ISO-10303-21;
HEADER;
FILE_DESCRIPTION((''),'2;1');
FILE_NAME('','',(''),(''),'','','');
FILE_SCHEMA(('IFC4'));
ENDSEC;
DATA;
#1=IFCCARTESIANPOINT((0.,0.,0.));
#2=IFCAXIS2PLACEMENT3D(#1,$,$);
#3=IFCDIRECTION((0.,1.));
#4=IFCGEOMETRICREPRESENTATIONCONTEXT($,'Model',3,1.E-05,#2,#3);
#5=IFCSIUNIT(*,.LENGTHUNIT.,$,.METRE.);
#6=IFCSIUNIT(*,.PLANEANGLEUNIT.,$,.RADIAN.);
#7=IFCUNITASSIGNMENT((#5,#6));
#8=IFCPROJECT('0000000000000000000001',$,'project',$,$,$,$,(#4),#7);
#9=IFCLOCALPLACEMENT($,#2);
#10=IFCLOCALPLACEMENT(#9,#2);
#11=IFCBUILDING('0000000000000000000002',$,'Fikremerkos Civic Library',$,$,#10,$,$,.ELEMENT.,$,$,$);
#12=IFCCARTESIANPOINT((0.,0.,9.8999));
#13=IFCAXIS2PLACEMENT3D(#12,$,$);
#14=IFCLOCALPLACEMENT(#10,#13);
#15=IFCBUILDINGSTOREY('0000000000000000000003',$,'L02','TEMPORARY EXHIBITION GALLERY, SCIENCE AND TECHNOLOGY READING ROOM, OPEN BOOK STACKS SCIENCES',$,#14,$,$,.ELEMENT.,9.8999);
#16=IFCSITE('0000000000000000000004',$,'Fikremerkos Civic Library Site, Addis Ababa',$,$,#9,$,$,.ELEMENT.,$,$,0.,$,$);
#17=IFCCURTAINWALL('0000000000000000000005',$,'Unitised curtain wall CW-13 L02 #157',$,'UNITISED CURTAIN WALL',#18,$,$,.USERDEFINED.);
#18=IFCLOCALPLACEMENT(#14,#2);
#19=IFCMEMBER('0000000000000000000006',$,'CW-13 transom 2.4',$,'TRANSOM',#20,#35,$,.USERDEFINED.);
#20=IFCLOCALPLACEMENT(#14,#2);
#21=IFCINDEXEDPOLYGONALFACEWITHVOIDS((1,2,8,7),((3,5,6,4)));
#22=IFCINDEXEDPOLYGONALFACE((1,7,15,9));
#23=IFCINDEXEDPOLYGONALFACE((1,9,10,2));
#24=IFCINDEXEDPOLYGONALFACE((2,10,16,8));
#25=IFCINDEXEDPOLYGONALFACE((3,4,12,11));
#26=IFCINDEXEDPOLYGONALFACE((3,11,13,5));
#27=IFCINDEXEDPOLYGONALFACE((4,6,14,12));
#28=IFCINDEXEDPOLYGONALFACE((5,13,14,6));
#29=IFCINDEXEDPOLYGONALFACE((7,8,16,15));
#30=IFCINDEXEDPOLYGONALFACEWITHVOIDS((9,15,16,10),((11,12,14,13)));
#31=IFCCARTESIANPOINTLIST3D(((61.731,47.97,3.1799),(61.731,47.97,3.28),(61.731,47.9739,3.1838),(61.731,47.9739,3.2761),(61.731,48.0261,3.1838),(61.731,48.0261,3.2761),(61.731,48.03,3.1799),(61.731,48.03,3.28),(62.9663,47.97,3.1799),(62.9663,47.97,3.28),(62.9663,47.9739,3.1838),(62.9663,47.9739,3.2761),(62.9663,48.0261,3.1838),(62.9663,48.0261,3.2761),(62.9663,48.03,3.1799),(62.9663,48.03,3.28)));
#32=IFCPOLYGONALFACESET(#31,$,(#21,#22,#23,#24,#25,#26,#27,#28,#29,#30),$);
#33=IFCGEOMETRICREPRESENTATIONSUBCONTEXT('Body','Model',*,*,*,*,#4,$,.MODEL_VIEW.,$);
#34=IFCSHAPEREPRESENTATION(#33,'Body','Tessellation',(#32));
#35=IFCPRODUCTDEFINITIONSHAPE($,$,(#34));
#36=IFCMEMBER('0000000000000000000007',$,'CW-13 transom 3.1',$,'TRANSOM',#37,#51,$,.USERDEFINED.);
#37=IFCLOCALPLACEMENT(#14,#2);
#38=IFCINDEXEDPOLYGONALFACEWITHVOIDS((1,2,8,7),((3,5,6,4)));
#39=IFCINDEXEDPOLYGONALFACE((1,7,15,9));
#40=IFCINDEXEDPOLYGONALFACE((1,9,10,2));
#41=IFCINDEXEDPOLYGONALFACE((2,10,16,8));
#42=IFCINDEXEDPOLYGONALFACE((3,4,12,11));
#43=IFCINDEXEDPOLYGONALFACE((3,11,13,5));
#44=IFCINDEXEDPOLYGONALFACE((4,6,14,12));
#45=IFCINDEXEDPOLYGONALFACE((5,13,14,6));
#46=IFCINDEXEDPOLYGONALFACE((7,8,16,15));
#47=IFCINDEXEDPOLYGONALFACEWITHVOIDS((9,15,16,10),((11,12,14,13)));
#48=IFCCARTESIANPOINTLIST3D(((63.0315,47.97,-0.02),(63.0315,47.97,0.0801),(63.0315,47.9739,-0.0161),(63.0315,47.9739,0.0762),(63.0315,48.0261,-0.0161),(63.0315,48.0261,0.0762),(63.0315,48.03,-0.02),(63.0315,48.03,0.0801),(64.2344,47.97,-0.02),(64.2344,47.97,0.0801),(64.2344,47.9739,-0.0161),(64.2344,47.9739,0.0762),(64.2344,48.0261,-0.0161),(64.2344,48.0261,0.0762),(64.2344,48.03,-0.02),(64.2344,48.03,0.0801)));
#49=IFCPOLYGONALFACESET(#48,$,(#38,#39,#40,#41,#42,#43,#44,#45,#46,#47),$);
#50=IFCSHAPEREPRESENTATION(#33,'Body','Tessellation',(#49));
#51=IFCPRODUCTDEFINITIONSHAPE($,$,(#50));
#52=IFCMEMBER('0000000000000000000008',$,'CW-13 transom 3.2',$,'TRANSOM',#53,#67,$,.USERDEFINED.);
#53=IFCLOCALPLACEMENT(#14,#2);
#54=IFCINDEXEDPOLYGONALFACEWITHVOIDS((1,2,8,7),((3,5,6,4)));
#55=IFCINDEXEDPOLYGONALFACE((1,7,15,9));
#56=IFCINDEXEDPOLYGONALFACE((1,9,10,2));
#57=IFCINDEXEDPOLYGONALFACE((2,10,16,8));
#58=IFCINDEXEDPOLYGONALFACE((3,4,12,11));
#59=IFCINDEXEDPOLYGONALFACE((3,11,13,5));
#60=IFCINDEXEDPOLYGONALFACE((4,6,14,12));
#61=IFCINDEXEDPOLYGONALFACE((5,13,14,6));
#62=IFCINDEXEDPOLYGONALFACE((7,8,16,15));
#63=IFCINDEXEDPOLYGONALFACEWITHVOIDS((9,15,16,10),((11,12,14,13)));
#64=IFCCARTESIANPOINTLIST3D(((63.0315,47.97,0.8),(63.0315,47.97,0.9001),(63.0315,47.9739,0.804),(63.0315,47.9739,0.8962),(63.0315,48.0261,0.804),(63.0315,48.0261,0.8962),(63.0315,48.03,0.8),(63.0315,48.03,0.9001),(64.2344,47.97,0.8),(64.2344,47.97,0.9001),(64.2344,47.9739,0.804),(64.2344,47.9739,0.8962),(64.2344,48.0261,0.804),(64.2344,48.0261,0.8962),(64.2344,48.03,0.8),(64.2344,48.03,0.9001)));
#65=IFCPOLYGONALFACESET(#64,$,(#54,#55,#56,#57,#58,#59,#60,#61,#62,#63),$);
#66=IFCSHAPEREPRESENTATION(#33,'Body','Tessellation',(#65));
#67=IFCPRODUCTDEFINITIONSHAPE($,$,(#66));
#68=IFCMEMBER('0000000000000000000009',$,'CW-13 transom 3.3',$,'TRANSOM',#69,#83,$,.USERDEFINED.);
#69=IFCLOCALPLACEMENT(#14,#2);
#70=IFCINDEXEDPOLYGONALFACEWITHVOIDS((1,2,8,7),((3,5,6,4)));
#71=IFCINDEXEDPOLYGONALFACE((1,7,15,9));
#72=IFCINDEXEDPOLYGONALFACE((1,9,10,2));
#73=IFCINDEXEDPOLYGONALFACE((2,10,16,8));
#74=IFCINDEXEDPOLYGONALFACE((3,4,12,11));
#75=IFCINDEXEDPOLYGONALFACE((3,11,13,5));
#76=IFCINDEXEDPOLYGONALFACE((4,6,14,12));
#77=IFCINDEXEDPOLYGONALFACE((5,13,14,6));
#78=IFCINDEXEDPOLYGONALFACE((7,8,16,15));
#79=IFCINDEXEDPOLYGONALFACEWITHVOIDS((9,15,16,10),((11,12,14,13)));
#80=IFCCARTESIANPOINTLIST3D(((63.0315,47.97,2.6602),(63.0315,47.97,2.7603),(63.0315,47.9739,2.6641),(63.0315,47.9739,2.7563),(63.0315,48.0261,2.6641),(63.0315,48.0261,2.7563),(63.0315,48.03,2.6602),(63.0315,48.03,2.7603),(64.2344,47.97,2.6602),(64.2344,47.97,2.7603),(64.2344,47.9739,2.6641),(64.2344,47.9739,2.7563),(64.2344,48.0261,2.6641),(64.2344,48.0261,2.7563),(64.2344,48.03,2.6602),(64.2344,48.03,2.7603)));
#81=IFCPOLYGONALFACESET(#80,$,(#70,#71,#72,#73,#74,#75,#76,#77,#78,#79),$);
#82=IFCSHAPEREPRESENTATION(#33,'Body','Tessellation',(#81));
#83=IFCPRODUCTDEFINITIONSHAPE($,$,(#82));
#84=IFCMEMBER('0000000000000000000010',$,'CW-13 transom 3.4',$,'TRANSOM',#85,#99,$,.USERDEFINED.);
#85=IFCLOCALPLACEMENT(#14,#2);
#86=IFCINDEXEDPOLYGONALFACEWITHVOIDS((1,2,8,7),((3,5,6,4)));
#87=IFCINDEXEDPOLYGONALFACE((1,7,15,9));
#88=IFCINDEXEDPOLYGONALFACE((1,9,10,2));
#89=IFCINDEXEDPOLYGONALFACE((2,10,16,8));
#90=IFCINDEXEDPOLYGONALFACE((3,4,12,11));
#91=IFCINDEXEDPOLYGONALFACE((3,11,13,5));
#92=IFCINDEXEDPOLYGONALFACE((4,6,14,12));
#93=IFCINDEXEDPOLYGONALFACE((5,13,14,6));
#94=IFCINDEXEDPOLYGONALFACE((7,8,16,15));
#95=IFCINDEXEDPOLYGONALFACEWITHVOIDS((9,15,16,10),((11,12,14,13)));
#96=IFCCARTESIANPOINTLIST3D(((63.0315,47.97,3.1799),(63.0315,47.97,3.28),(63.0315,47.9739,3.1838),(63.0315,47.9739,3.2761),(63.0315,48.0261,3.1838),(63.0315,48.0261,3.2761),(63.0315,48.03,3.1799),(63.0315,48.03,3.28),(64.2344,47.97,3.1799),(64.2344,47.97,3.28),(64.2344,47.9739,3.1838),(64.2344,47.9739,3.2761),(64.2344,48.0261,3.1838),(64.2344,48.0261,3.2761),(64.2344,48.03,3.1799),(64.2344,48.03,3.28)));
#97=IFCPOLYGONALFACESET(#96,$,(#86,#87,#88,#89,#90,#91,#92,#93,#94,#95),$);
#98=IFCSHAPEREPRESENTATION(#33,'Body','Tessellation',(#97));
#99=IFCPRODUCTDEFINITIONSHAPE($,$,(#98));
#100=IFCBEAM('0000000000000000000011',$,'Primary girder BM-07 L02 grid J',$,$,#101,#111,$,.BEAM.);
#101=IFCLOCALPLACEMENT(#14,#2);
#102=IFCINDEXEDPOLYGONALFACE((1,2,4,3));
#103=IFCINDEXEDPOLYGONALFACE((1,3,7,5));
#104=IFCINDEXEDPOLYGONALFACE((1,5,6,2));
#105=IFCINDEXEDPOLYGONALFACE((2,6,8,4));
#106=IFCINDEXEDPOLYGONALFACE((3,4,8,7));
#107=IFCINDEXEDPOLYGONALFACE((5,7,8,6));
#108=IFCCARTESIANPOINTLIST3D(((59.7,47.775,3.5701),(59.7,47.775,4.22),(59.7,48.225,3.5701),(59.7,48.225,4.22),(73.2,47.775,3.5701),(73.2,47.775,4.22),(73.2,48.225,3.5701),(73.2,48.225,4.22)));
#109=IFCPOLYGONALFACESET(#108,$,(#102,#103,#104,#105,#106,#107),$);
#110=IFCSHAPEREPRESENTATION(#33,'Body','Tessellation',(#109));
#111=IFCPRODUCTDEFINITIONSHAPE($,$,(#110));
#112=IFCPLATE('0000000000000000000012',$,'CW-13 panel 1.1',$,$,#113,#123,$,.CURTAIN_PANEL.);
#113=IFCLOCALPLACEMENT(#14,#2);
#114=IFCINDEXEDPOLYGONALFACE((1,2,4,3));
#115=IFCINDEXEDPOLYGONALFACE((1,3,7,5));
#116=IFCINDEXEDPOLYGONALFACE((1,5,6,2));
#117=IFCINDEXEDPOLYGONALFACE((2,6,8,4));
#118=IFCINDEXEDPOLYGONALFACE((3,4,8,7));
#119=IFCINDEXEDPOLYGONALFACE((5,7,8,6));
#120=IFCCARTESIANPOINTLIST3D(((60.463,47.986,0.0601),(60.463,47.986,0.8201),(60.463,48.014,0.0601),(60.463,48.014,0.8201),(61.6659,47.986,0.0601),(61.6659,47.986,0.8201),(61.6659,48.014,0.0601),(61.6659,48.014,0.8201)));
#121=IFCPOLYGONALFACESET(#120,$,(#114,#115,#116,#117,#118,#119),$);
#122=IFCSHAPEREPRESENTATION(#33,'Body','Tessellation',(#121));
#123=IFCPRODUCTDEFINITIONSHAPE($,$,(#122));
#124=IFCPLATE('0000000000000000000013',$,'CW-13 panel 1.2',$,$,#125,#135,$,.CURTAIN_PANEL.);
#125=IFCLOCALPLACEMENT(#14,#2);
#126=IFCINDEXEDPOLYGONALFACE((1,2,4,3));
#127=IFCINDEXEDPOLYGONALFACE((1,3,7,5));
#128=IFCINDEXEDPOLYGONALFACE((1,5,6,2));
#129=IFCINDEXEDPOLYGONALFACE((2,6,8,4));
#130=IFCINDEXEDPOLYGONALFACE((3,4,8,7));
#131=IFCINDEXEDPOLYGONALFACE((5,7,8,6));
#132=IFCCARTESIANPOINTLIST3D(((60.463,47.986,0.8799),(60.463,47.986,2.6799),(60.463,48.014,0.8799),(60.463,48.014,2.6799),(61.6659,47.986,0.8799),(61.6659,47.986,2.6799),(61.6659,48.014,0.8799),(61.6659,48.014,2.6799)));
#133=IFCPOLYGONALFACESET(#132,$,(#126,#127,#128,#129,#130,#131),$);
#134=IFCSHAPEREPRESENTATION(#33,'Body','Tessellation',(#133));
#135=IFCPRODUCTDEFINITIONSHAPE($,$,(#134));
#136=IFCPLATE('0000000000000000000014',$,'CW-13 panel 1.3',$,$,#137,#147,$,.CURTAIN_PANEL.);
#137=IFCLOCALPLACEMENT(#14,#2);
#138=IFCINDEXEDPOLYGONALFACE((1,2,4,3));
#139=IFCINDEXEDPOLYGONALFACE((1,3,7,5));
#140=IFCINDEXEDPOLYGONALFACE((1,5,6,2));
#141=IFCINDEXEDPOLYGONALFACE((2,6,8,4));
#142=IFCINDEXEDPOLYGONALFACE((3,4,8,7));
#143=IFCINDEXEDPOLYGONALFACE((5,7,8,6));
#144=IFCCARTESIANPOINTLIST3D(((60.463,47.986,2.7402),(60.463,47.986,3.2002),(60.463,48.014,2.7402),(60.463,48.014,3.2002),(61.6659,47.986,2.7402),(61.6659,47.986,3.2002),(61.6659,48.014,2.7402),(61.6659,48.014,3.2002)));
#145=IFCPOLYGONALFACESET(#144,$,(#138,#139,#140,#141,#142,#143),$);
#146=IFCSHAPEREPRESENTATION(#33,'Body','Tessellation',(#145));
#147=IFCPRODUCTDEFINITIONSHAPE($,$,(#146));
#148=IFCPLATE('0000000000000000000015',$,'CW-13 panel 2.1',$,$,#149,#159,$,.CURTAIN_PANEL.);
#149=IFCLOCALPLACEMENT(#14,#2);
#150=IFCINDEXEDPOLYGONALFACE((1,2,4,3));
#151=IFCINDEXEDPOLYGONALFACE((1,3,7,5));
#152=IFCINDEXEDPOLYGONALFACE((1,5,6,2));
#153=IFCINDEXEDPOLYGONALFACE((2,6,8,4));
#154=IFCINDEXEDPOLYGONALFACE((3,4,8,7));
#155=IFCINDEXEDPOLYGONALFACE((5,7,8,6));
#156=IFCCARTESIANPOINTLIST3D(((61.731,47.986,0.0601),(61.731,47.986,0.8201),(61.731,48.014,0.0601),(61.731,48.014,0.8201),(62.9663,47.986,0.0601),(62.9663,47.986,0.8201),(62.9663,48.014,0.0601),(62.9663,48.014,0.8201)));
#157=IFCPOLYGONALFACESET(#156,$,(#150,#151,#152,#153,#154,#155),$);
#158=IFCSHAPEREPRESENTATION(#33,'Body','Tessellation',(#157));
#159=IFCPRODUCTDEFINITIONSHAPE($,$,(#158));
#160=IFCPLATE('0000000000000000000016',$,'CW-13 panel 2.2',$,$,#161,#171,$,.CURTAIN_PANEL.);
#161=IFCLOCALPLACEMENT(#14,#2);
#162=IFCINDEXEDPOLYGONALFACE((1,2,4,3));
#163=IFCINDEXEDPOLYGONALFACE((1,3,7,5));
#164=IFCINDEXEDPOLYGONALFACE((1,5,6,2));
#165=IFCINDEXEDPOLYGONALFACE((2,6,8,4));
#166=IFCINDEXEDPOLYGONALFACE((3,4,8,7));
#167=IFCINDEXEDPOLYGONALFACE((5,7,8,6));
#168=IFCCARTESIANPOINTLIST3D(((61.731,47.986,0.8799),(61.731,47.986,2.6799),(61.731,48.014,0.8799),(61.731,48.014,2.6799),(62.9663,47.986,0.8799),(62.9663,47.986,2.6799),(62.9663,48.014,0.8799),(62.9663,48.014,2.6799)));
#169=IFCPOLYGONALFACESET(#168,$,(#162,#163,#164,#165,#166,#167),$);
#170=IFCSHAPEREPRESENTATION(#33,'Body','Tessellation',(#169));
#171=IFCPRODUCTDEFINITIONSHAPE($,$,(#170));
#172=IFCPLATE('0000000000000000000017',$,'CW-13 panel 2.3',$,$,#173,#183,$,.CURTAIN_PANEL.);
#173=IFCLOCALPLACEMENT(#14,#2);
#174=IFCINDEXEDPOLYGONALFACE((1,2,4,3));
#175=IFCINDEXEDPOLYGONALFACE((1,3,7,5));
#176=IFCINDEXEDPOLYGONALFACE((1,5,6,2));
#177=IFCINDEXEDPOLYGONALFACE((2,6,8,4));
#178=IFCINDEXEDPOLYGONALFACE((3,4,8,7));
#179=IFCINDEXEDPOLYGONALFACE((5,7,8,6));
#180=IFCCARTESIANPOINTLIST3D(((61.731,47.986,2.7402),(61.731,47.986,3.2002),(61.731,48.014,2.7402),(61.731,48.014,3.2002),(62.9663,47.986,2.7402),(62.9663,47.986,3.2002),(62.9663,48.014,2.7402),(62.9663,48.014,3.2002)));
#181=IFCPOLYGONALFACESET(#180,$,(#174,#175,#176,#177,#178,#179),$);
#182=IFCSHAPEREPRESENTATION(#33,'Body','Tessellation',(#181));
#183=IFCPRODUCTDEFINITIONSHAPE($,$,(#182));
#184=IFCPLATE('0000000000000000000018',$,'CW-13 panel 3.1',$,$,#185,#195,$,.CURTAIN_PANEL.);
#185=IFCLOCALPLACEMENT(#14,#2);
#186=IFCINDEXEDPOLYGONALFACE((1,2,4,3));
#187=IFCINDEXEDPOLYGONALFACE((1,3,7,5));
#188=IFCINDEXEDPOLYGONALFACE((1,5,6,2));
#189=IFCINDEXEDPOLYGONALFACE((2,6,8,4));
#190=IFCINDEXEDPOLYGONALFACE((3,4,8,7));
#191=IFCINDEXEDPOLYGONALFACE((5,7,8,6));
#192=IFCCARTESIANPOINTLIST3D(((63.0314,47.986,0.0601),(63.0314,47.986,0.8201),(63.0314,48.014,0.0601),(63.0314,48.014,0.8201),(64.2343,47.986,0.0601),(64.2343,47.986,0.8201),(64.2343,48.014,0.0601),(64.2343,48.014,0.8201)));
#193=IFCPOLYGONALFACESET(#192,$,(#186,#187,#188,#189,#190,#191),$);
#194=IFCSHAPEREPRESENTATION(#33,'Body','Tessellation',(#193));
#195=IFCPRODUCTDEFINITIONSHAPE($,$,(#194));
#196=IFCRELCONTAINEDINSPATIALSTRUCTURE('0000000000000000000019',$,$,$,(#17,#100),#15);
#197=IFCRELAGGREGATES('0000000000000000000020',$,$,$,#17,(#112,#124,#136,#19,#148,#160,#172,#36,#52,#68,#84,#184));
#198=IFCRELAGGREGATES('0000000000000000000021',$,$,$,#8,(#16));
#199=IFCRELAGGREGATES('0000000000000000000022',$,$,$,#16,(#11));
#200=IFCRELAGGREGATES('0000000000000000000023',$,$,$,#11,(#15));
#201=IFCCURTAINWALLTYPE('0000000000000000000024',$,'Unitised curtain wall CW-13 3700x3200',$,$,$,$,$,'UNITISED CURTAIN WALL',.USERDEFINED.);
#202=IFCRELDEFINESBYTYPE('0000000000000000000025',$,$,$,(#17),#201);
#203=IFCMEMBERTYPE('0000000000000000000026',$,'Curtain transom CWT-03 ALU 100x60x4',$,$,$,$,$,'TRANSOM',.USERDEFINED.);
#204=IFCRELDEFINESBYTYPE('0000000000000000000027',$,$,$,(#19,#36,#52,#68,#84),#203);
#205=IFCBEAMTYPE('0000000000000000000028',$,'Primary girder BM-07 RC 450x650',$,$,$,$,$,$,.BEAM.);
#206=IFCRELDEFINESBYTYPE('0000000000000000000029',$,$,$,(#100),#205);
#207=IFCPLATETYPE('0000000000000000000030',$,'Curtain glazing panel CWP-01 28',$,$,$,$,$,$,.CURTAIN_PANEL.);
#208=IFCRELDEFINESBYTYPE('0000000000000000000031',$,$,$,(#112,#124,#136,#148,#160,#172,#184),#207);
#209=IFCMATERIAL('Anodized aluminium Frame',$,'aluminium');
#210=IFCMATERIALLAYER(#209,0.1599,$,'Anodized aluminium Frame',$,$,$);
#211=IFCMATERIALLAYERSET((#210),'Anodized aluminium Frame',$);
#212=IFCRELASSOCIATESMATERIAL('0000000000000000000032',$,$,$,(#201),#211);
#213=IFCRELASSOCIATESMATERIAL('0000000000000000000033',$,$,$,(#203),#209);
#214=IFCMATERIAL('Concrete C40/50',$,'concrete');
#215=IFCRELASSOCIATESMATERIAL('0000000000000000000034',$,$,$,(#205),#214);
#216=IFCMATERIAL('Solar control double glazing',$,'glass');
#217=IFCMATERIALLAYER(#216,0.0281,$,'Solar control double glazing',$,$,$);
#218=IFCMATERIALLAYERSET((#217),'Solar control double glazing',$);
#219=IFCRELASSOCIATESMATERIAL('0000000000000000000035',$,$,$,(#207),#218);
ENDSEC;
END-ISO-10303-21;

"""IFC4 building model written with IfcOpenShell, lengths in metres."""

from ifc_helpers import new_model, si_unit, direction, frame, origin, origin_2d, place, context, subcontext, project, spatial, rectangle, hollow_rectangle, extrude, material, layer, layer_set, material_profile, profile_set, type_object, element, aggregate, save


model = new_model("IFC4")

# Units and contexts
model_context = context("Model", 3, precision=1e-05, world=origin(), true_north=direction((0.0, 1.0)))
body_context = subcontext(model_context, "Body", "Model", "MODEL_VIEW")
ifc_project = project(units=[si_unit("LENGTHUNIT", "METRE"), si_unit("PLANEANGLEUNIT", "RADIAN")], contexts=[model_context])

# Site, building, storey
site_placement = place(None, origin())
site = spatial("IfcSite", under=ifc_project, at=site_placement, Name="Fikremerkos Civic Library Site, Addis Ababa", CompositionType="ELEMENT", RefElevation=0.0)
building_placement = place(site_placement, origin())
building = spatial("IfcBuilding", under=site, at=building_placement, Name="Fikremerkos Civic Library", CompositionType="ELEMENT")
storey_placement = place(building_placement, frame((0.0, 0.0, 9.8999)))
storey = spatial("IfcBuildingStorey", under=building, at=storey_placement, Name="L02", Description="TEMPORARY EXHIBITION GALLERY, SCIENCE AND TECHNOLOGY READING ROOM, OPEN BOOK STACKS SCIENCES", CompositionType="ELEMENT", Elevation=9.8999)

# Shared definitions
ifc_material_1 = material(Name="Concrete C40/50", Category="concrete")

# Curtain wall, members
ifc_material_2 = material(Name="Anodized aluminium Frame", Category="aluminium")
ifc_layer_1 = layer(ifc_material_2, 0.1599, Name="Anodized aluminium Frame")
ifc_layer_set_1 = layer_set([ifc_layer_1], Name="Anodized aluminium Frame")
curtain_wall_type = type_object("IfcCurtainWallType", Name="Unitised curtain wall CW-13 3700x3200", ElementType="UNITISED CURTAIN WALL", PredefinedType="USERDEFINED", material=ifc_layer_set_1)
curtain_wall_placement = place(storey_placement, origin())
curtain_wall = element("IfcCurtainWall", 1, at=curtain_wall_placement, inside=storey, type_object=curtain_wall_type, Name="Unitised curtain wall CW-13 L02 #157", ObjectType="UNITISED CURTAIN WALL", PredefinedType="USERDEFINED")
ifc_material_profile_1 = material_profile(ifc_material_2, hollow_rectangle(XDim=0.0601, YDim=0.1001, WallThickness=0.0039, at=origin_2d()), Name="ALU 100x60x4")
ifc_profile_set_1 = profile_set([ifc_material_profile_1], Name="Anodized aluminium Frame")
member_type_1 = type_object("IfcMemberType", Name="Curtain transom CWT-03 ALU 100x60x4", ElementType="TRANSOM", PredefinedType="USERDEFINED", material=ifc_profile_set_1)
member_1_placement = place(storey_placement, frame((61.731, 48.0, 3.23), z_axis=(1.0, 0.0, 0.0), x_axis=(0.0, 1.0, 0.0)))
member_1 = element("IfcMember", 2, at=member_1_placement, type_object=member_type_1, Name="CW-13 transom 2.4", ObjectType="TRANSOM", PredefinedType="USERDEFINED", context=body_context, shape_type="SweptSolid", body=[
    extrude(hollow_rectangle(XDim=0.0601, YDim=0.1001, WallThickness=0.0039, at=origin_2d()), origin(), (0.0, 0.0, 1.0), 1.2354),
])
member_2_placement = place(storey_placement, frame((63.0315, 48.0, 0.03), z_axis=(1.0, 0.0, 0.0), x_axis=(0.0, 1.0, 0.0)))
member_2 = element("IfcMember", 3, at=member_2_placement, type_object=member_type_1, Name="CW-13 transom 3.1", ObjectType="TRANSOM", PredefinedType="USERDEFINED", context=body_context, shape_type="SweptSolid", body=[
    extrude(hollow_rectangle(XDim=0.0601, YDim=0.1001, WallThickness=0.0039, at=origin_2d()), origin(), (0.0, 0.0, 1.0), 1.2029),
])
member_3_placement = place(storey_placement, frame((63.0315, 48.0, 0.8501), z_axis=(1.0, 0.0, 0.0), x_axis=(0.0, 1.0, 0.0)))
member_3 = element("IfcMember", 4, at=member_3_placement, type_object=member_type_1, Name="CW-13 transom 3.2", ObjectType="TRANSOM", PredefinedType="USERDEFINED", context=body_context, shape_type="SweptSolid", body=[
    extrude(hollow_rectangle(XDim=0.0601, YDim=0.1001, WallThickness=0.0039, at=origin_2d()), origin(), (0.0, 0.0, 1.0), 1.2029),
])
member_4_placement = place(storey_placement, frame((63.0315, 48.0, 2.7102), z_axis=(1.0, 0.0, 0.0), x_axis=(0.0, 1.0, 0.0)))
member_4 = element("IfcMember", 5, at=member_4_placement, type_object=member_type_1, Name="CW-13 transom 3.3", ObjectType="TRANSOM", PredefinedType="USERDEFINED", context=body_context, shape_type="SweptSolid", body=[
    extrude(hollow_rectangle(XDim=0.0601, YDim=0.1001, WallThickness=0.0039, at=origin_2d()), origin(), (0.0, 0.0, 1.0), 1.2029),
])
member_5_placement = place(storey_placement, frame((63.0315, 48.0, 3.23), z_axis=(1.0, 0.0, 0.0), x_axis=(0.0, 1.0, 0.0)))
member_5 = element("IfcMember", 6, at=member_5_placement, type_object=member_type_1, Name="CW-13 transom 3.4", ObjectType="TRANSOM", PredefinedType="USERDEFINED", context=body_context, shape_type="SweptSolid", body=[
    extrude(hollow_rectangle(XDim=0.0601, YDim=0.1001, WallThickness=0.0039, at=origin_2d()), origin(), (0.0, 0.0, 1.0), 1.2029),
])

# Beam
ifc_material_profile_2 = material_profile(ifc_material_1, rectangle(XDim=0.45, YDim=0.6499, at=origin_2d()), Name="RC 450x650")
ifc_profile_set_2 = profile_set([ifc_material_profile_2], Name="Concrete C40/50")
beam_type = type_object("IfcBeamType", Name="Primary girder BM-07 RC 450x650", PredefinedType="BEAM", material=ifc_profile_set_2)
beam_placement = place(storey_placement, frame((59.7, 48.0, 3.895), z_axis=(1.0, 0.0, 0.0), x_axis=(0.0, 1.0, 0.0)))
element("IfcBeam", 7, at=beam_placement, inside=storey, type_object=beam_type, Name="Primary girder BM-07 L02 grid J", PredefinedType="BEAM", context=body_context, shape_type="SweptSolid", body=[
    extrude(rectangle(XDim=0.45, YDim=0.6499, at=origin_2d()), origin(), (0.0, 0.0, 1.0), 13.5),
])

# Plates
ifc_material_3 = material(Name="Solar control double glazing", Category="glass")
ifc_layer_2 = layer(ifc_material_3, 0.0281, Name="Solar control double glazing")
ifc_layer_set_2 = layer_set([ifc_layer_2], Name="Solar control double glazing")
plate_type = type_object("IfcPlateType", Name="Curtain glazing panel CWP-01 28", PredefinedType="CURTAIN_PANEL", material=ifc_layer_set_2)
plate_1_placement = place(storey_placement, frame((61.0645, 48.0, 0.0601), z_axis=(0.0, 0.0, 1.0), x_axis=(1.0, 0.0, 0.0)))
plate_1 = element("IfcPlate", 8, at=plate_1_placement, type_object=plate_type, Name="CW-13 panel 1.1", PredefinedType="CURTAIN_PANEL", context=body_context, shape_type="SweptSolid", body=[
    extrude(rectangle(XDim=1.2029, YDim=0.0281, at=origin_2d()), origin(), (0.0, 0.0, 1.0), 0.76),
])
plate_2_placement = place(storey_placement, frame((61.0645, 48.0, 0.8799), z_axis=(0.0, 0.0, 1.0), x_axis=(1.0, 0.0, 0.0)))
plate_2 = element("IfcPlate", 9, at=plate_2_placement, type_object=plate_type, Name="CW-13 panel 1.2", PredefinedType="CURTAIN_PANEL", context=body_context, shape_type="SweptSolid", body=[
    extrude(rectangle(XDim=1.2029, YDim=0.0281, at=origin_2d()), origin(), (0.0, 0.0, 1.0), 1.8),
])
plate_3_placement = place(storey_placement, frame((61.0645, 48.0, 2.7402), z_axis=(0.0, 0.0, 1.0), x_axis=(1.0, 0.0, 0.0)))
plate_3 = element("IfcPlate", 10, at=plate_3_placement, type_object=plate_type, Name="CW-13 panel 1.3", PredefinedType="CURTAIN_PANEL", context=body_context, shape_type="SweptSolid", body=[
    extrude(rectangle(XDim=1.2029, YDim=0.0281, at=origin_2d()), origin(), (0.0, 0.0, 1.0), 0.46),
])
plate_4_placement = place(storey_placement, frame((62.3486, 48.0, 0.0601), z_axis=(0.0, 0.0, 1.0), x_axis=(1.0, 0.0, 0.0)))
plate_4 = element("IfcPlate", 11, at=plate_4_placement, type_object=plate_type, Name="CW-13 panel 2.1", PredefinedType="CURTAIN_PANEL", context=body_context, shape_type="SweptSolid", body=[
    extrude(rectangle(XDim=1.2354, YDim=0.0281, at=origin_2d()), origin(), (0.0, 0.0, 1.0), 0.76),
])
plate_5_placement = place(storey_placement, frame((62.3486, 48.0, 0.8799), z_axis=(0.0, 0.0, 1.0), x_axis=(1.0, 0.0, 0.0)))
plate_5 = element("IfcPlate", 12, at=plate_5_placement, type_object=plate_type, Name="CW-13 panel 2.2", PredefinedType="CURTAIN_PANEL", context=body_context, shape_type="SweptSolid", body=[
    extrude(rectangle(XDim=1.2354, YDim=0.0281, at=origin_2d()), origin(), (0.0, 0.0, 1.0), 1.8),
])
plate_6_placement = place(storey_placement, frame((62.3486, 48.0, 2.7402), z_axis=(0.0, 0.0, 1.0), x_axis=(1.0, 0.0, 0.0)))
plate_6 = element("IfcPlate", 13, at=plate_6_placement, type_object=plate_type, Name="CW-13 panel 2.3", PredefinedType="CURTAIN_PANEL", context=body_context, shape_type="SweptSolid", body=[
    extrude(rectangle(XDim=1.2354, YDim=0.0281, at=origin_2d()), origin(), (0.0, 0.0, 1.0), 0.46),
])
plate_7_placement = place(storey_placement, frame((63.6328, 48.0, 0.0601), z_axis=(0.0, 0.0, 1.0), x_axis=(1.0, 0.0, 0.0)))
plate_7 = element("IfcPlate", 14, at=plate_7_placement, type_object=plate_type, Name="CW-13 panel 3.1", PredefinedType="CURTAIN_PANEL", context=body_context, shape_type="SweptSolid", body=[
    extrude(rectangle(XDim=1.2029, YDim=0.0281, at=origin_2d()), origin(), (0.0, 0.0, 1.0), 0.76),
])
aggregate(curtain_wall, [plate_1, plate_2, plate_3, member_1, plate_4, plate_5, plate_6, member_2, member_3, member_4, member_5, plate_7])

save(model, "model.ifc")
